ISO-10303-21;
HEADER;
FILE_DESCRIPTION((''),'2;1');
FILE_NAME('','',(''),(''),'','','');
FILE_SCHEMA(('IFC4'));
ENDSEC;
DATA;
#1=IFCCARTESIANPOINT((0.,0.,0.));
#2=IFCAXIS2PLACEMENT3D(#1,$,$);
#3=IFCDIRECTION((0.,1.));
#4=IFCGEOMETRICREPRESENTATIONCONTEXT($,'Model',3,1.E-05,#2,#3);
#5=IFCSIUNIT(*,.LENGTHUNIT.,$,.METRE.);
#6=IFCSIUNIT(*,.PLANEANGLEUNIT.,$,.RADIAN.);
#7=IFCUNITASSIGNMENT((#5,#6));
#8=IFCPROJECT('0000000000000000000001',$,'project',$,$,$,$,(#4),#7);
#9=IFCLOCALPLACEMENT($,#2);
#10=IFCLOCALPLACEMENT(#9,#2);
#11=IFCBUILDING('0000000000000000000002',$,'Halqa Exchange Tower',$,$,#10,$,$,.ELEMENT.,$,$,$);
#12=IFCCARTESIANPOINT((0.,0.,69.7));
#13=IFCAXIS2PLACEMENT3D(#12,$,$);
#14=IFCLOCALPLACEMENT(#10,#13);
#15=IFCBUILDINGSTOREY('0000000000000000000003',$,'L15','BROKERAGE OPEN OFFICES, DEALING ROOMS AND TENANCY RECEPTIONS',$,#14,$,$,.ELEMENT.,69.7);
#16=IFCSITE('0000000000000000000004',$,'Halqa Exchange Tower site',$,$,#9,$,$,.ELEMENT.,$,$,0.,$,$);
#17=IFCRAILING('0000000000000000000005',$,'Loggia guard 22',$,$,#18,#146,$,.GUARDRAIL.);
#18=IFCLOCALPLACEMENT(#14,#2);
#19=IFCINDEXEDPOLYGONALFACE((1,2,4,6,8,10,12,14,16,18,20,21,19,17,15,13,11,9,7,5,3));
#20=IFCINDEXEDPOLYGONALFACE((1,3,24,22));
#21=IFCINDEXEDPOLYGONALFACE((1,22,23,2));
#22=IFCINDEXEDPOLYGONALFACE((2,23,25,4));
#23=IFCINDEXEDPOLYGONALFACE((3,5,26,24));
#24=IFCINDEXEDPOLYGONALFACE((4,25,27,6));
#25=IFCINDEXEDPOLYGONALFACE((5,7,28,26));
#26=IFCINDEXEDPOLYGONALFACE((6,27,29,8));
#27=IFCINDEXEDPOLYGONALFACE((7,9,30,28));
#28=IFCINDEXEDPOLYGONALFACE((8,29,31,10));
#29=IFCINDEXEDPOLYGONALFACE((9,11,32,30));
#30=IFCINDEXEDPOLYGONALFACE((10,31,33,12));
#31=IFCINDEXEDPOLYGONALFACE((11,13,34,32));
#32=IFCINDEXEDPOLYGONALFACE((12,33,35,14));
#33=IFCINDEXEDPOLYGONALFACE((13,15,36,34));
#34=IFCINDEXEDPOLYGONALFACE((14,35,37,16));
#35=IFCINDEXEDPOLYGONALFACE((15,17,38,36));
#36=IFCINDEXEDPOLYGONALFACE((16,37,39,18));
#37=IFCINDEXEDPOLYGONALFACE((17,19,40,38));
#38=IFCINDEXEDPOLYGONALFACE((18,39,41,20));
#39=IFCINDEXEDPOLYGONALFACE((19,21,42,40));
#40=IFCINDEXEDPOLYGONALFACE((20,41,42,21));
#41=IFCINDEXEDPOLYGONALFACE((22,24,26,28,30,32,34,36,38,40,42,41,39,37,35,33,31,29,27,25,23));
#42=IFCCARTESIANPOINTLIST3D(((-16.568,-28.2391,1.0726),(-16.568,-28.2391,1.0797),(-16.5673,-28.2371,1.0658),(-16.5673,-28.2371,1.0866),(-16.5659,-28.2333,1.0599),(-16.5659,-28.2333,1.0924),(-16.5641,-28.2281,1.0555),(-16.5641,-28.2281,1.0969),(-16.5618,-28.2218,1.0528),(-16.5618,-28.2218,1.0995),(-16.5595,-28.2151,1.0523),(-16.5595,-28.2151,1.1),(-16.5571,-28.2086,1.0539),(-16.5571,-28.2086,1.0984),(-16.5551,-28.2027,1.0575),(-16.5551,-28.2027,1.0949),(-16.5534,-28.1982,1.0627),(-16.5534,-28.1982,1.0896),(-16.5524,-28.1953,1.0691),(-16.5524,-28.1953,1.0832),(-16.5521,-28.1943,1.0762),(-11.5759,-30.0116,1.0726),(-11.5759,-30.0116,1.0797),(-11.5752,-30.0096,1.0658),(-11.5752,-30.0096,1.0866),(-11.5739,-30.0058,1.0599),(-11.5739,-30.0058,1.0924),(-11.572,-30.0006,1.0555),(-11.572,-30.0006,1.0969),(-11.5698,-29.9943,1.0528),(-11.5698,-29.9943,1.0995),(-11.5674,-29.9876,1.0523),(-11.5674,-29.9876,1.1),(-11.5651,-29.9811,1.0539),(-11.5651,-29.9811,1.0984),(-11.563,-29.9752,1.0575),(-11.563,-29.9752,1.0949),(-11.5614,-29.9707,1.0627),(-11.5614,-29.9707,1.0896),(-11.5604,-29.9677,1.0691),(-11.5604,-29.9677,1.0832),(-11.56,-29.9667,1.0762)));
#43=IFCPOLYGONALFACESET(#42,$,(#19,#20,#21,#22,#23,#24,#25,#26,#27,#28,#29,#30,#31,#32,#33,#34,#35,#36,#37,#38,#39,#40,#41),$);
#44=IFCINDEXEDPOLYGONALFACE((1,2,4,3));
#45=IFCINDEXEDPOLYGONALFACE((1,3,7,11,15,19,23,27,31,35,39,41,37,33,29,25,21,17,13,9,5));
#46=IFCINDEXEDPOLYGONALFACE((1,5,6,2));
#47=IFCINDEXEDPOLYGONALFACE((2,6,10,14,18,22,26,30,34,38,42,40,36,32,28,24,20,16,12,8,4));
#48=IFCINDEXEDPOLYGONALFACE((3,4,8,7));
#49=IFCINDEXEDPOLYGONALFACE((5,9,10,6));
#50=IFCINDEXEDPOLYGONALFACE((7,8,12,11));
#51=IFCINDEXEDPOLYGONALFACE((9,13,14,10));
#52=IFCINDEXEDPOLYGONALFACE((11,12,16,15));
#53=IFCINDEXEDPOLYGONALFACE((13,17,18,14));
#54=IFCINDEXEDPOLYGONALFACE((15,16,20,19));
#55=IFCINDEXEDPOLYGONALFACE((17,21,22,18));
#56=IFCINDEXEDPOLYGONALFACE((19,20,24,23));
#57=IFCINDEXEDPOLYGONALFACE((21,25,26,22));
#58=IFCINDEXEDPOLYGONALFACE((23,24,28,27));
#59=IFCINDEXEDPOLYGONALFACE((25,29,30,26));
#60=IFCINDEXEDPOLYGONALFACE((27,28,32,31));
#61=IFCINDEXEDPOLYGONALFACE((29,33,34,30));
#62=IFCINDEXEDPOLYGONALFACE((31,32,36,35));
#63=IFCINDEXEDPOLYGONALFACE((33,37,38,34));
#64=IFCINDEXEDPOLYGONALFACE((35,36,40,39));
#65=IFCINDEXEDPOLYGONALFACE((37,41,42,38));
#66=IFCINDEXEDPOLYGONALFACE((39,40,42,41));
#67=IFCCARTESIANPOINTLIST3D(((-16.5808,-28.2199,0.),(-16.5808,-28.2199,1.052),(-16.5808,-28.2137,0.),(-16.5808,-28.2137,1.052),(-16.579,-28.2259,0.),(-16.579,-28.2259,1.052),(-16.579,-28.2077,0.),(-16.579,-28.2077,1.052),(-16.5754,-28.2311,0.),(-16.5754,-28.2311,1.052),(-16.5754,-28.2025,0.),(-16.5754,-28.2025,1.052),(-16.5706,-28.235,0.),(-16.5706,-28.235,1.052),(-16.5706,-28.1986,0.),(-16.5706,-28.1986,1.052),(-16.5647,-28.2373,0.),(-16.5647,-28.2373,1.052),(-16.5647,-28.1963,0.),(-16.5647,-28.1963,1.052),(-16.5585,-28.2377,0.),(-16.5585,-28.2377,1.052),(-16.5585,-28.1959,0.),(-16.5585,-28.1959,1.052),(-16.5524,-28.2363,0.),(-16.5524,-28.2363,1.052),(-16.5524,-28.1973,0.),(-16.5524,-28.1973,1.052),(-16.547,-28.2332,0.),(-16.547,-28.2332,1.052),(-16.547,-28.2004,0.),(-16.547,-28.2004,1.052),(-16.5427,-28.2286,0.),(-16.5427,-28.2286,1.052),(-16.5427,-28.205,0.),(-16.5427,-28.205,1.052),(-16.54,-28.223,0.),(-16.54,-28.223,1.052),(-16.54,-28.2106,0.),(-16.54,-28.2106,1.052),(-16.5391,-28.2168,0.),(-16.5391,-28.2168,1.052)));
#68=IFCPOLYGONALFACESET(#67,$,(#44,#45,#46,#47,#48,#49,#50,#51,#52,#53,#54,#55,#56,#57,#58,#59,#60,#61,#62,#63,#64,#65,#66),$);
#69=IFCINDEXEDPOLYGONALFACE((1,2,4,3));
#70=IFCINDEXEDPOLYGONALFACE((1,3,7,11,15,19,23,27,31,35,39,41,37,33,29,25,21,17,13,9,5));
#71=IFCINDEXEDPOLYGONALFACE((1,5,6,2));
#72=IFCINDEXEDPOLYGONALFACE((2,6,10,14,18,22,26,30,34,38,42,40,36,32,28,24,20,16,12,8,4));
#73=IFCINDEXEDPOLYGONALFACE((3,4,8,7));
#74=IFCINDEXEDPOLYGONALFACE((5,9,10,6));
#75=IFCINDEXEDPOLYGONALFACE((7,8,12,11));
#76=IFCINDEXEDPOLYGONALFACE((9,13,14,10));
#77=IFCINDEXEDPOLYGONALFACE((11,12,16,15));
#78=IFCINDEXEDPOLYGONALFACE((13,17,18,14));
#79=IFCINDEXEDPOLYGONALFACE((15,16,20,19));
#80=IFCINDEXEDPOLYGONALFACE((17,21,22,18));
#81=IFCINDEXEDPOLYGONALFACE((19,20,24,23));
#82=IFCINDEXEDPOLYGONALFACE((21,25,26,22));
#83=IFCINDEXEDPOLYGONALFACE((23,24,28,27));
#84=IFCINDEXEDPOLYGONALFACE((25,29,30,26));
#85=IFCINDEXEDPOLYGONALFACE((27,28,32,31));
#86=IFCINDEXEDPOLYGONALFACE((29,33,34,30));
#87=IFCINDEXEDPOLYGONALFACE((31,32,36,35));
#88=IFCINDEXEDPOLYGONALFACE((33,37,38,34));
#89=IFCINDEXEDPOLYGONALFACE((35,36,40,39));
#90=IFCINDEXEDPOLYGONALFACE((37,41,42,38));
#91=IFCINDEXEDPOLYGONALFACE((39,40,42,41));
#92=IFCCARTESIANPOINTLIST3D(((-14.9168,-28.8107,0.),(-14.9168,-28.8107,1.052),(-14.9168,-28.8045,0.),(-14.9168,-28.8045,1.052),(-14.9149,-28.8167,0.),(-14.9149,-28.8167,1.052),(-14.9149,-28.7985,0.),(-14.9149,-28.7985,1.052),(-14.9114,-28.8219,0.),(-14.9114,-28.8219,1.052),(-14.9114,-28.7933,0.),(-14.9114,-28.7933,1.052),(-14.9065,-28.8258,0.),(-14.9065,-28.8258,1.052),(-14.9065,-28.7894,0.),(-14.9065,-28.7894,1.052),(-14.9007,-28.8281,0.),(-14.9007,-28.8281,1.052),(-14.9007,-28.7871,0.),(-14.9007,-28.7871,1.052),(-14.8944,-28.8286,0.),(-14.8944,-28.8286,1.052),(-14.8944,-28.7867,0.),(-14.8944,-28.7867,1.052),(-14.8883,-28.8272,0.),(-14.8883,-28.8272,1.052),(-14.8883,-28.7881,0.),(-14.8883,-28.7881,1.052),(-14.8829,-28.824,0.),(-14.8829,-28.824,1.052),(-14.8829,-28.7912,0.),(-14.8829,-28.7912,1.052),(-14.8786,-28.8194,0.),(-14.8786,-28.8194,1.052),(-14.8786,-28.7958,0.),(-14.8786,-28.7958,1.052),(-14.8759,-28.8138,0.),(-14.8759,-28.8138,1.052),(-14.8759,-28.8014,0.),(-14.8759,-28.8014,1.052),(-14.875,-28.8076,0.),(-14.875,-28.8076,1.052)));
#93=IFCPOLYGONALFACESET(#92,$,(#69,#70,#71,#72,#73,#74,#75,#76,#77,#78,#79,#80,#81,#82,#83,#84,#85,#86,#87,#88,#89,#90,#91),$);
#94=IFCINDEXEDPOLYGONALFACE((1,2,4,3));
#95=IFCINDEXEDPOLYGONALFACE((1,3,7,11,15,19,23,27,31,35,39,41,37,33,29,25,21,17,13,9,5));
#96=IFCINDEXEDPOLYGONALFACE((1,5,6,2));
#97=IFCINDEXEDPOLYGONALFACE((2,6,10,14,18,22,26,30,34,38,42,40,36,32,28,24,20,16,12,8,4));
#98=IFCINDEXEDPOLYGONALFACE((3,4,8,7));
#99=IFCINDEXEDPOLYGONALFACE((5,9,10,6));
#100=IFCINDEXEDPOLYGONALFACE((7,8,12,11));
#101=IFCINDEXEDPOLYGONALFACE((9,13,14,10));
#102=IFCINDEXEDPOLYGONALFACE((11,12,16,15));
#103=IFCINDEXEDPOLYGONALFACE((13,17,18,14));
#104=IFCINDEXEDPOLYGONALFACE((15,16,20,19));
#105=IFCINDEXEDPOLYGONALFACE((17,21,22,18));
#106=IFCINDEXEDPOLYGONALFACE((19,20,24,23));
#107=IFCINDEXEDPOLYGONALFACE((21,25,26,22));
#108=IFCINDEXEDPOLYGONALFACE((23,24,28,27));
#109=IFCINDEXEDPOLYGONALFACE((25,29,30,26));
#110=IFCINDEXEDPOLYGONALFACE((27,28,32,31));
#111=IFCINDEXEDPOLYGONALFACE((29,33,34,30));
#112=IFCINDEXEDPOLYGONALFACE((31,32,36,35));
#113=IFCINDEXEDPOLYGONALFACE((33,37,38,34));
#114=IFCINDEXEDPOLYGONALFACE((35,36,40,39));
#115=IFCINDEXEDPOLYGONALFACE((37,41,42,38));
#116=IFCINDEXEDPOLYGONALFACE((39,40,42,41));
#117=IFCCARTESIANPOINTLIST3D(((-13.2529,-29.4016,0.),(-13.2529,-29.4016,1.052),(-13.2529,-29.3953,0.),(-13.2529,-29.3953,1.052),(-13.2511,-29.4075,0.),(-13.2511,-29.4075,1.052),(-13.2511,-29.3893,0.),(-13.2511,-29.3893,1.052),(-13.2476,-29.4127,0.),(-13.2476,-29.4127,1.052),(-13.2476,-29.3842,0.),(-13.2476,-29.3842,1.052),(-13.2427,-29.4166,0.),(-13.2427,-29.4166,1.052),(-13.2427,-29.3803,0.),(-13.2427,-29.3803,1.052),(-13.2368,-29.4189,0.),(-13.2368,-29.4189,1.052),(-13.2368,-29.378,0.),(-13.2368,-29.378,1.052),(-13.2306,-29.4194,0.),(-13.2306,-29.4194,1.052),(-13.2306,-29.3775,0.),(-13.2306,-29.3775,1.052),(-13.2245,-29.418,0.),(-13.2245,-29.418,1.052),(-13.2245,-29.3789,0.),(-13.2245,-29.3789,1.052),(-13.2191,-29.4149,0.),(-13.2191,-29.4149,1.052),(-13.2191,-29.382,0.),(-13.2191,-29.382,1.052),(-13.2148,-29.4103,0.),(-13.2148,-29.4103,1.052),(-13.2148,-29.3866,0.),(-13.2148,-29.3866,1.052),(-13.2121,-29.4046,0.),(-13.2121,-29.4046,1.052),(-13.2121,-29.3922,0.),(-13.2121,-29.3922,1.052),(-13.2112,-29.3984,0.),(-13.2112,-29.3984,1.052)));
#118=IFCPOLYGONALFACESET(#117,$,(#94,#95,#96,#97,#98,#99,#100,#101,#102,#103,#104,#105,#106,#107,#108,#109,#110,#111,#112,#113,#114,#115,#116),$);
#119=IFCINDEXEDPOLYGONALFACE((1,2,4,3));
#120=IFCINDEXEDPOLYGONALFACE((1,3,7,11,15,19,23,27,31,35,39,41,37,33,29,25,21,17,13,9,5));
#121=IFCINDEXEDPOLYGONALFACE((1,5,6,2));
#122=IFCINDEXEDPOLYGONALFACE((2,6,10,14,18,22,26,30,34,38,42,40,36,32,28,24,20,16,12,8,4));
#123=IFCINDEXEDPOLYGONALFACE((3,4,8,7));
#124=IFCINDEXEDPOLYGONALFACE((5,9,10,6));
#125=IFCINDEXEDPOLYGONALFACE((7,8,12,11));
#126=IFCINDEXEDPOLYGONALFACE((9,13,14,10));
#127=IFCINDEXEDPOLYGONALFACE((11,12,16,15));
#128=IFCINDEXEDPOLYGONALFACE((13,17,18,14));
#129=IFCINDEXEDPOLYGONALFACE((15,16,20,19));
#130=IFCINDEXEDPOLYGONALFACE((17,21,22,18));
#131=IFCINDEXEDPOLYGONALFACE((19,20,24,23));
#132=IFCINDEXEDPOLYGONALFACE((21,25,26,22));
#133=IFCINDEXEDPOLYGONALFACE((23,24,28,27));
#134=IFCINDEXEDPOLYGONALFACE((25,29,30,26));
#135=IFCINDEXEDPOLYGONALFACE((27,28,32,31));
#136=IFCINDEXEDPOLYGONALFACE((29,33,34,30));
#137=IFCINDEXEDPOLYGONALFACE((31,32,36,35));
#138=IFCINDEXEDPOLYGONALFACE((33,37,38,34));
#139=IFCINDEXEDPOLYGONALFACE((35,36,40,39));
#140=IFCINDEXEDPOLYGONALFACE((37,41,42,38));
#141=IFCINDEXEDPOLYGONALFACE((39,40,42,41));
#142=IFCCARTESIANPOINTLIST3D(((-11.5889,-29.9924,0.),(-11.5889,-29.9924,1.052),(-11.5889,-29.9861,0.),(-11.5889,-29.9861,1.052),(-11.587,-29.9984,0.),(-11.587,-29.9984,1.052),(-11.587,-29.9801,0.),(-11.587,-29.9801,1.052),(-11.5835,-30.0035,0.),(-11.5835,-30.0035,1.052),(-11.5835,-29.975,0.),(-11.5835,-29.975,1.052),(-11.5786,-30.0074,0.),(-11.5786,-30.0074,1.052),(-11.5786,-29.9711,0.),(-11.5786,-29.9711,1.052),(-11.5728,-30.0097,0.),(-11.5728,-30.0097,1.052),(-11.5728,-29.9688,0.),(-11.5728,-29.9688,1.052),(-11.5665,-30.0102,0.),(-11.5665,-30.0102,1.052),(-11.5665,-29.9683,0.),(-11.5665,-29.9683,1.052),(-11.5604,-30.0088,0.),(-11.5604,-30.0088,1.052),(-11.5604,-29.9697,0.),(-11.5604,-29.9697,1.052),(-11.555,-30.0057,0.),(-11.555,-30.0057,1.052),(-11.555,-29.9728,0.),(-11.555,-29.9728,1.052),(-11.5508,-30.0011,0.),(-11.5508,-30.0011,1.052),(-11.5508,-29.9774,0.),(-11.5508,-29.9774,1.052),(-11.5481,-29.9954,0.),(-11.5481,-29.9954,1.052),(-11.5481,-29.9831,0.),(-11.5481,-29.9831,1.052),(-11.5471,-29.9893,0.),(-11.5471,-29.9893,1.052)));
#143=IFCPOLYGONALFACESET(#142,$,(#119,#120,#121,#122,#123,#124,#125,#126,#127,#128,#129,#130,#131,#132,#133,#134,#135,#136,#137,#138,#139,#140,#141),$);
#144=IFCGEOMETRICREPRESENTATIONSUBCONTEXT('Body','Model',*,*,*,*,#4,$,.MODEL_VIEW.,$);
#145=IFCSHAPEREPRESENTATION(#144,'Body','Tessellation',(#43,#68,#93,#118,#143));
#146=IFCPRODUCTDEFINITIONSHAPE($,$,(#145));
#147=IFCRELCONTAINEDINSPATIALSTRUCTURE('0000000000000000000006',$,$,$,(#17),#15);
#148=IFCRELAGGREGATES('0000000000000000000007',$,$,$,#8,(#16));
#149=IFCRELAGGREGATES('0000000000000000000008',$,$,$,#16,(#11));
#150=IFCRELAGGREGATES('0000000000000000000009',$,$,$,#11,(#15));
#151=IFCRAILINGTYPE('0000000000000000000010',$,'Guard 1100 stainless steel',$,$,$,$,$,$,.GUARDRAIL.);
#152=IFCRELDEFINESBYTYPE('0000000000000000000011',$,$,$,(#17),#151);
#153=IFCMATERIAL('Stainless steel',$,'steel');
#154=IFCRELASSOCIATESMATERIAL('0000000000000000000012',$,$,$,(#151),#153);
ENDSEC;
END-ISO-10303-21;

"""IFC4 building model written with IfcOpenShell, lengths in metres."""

from ifc_helpers import new_model, si_unit, direction, frame, origin, origin_2d, place, context, subcontext, project, spatial, circle, extrude, material, type_object, element, save


model = new_model("IFC4")

# Units and contexts
model_context = context("Model", 3, precision=1e-05, world=origin(), true_north=direction((0.0, 1.0)))
body_context = subcontext(model_context, "Body", "Model", "MODEL_VIEW")
ifc_project = project(units=[si_unit("LENGTHUNIT", "METRE"), si_unit("PLANEANGLEUNIT", "RADIAN")], contexts=[model_context])

# Site, building, storey
site_placement = place(None, origin())
site = spatial("IfcSite", under=ifc_project, at=site_placement, Name="Halqa Exchange Tower site", CompositionType="ELEMENT", RefElevation=0.0)
building_placement = place(site_placement, origin())
building = spatial("IfcBuilding", under=site, at=building_placement, Name="Halqa Exchange Tower", CompositionType="ELEMENT")
storey_placement = place(building_placement, frame((0.0, 0.0, 69.7)))
storey = spatial("IfcBuildingStorey", under=building, at=storey_placement, Name="L15", Description="BROKERAGE OPEN OFFICES, DEALING ROOMS AND TENANCY RECEPTIONS", CompositionType="ELEMENT", Elevation=69.7)

# Railing
ifc_material_1 = material(Name="Stainless steel", Category="steel")
railing_type = type_object("IfcRailingType", Name="Guard 1100 stainless steel", PredefinedType="GUARDRAIL", material=ifc_material_1)
railing_1_placement = place(storey_placement, frame((-16.5601, -28.2168, 0.0)))
element("IfcRailing", 1, at=railing_1_placement, inside=storey, type_object=railing_type, Name="Loggia guard 22", PredefinedType="GUARDRAIL", context=body_context, shape_type="SweptSolid", body=[
    extrude(circle(Radius=0.0239, at=origin_2d()), frame((0.0, 0.0, 1.0762), z_axis=(0.942361, -0.334599, 0.0), x_axis=(0.334599, 0.942361, 0.0)), (0.0, 0.0, 1.0), 5.2974),
    extrude(circle(Radius=0.021, at=origin_2d()), origin(), (0.0, 0.0, 1.0), 1.052),
    extrude(circle(Radius=0.021, at=origin_2d()), frame((1.6641, -0.5908, 0.0)), (0.0, 0.0, 1.0), 1.052),
    extrude(circle(Radius=0.021, at=origin_2d()), frame((3.3279, -1.1816, 0.0)), (0.0, 0.0, 1.0), 1.052),
    extrude(circle(Radius=0.021, at=origin_2d()), frame((4.9919, -1.7725, 0.0)), (0.0, 0.0, 1.0), 1.052),
])

save(model, "model.ifc")
